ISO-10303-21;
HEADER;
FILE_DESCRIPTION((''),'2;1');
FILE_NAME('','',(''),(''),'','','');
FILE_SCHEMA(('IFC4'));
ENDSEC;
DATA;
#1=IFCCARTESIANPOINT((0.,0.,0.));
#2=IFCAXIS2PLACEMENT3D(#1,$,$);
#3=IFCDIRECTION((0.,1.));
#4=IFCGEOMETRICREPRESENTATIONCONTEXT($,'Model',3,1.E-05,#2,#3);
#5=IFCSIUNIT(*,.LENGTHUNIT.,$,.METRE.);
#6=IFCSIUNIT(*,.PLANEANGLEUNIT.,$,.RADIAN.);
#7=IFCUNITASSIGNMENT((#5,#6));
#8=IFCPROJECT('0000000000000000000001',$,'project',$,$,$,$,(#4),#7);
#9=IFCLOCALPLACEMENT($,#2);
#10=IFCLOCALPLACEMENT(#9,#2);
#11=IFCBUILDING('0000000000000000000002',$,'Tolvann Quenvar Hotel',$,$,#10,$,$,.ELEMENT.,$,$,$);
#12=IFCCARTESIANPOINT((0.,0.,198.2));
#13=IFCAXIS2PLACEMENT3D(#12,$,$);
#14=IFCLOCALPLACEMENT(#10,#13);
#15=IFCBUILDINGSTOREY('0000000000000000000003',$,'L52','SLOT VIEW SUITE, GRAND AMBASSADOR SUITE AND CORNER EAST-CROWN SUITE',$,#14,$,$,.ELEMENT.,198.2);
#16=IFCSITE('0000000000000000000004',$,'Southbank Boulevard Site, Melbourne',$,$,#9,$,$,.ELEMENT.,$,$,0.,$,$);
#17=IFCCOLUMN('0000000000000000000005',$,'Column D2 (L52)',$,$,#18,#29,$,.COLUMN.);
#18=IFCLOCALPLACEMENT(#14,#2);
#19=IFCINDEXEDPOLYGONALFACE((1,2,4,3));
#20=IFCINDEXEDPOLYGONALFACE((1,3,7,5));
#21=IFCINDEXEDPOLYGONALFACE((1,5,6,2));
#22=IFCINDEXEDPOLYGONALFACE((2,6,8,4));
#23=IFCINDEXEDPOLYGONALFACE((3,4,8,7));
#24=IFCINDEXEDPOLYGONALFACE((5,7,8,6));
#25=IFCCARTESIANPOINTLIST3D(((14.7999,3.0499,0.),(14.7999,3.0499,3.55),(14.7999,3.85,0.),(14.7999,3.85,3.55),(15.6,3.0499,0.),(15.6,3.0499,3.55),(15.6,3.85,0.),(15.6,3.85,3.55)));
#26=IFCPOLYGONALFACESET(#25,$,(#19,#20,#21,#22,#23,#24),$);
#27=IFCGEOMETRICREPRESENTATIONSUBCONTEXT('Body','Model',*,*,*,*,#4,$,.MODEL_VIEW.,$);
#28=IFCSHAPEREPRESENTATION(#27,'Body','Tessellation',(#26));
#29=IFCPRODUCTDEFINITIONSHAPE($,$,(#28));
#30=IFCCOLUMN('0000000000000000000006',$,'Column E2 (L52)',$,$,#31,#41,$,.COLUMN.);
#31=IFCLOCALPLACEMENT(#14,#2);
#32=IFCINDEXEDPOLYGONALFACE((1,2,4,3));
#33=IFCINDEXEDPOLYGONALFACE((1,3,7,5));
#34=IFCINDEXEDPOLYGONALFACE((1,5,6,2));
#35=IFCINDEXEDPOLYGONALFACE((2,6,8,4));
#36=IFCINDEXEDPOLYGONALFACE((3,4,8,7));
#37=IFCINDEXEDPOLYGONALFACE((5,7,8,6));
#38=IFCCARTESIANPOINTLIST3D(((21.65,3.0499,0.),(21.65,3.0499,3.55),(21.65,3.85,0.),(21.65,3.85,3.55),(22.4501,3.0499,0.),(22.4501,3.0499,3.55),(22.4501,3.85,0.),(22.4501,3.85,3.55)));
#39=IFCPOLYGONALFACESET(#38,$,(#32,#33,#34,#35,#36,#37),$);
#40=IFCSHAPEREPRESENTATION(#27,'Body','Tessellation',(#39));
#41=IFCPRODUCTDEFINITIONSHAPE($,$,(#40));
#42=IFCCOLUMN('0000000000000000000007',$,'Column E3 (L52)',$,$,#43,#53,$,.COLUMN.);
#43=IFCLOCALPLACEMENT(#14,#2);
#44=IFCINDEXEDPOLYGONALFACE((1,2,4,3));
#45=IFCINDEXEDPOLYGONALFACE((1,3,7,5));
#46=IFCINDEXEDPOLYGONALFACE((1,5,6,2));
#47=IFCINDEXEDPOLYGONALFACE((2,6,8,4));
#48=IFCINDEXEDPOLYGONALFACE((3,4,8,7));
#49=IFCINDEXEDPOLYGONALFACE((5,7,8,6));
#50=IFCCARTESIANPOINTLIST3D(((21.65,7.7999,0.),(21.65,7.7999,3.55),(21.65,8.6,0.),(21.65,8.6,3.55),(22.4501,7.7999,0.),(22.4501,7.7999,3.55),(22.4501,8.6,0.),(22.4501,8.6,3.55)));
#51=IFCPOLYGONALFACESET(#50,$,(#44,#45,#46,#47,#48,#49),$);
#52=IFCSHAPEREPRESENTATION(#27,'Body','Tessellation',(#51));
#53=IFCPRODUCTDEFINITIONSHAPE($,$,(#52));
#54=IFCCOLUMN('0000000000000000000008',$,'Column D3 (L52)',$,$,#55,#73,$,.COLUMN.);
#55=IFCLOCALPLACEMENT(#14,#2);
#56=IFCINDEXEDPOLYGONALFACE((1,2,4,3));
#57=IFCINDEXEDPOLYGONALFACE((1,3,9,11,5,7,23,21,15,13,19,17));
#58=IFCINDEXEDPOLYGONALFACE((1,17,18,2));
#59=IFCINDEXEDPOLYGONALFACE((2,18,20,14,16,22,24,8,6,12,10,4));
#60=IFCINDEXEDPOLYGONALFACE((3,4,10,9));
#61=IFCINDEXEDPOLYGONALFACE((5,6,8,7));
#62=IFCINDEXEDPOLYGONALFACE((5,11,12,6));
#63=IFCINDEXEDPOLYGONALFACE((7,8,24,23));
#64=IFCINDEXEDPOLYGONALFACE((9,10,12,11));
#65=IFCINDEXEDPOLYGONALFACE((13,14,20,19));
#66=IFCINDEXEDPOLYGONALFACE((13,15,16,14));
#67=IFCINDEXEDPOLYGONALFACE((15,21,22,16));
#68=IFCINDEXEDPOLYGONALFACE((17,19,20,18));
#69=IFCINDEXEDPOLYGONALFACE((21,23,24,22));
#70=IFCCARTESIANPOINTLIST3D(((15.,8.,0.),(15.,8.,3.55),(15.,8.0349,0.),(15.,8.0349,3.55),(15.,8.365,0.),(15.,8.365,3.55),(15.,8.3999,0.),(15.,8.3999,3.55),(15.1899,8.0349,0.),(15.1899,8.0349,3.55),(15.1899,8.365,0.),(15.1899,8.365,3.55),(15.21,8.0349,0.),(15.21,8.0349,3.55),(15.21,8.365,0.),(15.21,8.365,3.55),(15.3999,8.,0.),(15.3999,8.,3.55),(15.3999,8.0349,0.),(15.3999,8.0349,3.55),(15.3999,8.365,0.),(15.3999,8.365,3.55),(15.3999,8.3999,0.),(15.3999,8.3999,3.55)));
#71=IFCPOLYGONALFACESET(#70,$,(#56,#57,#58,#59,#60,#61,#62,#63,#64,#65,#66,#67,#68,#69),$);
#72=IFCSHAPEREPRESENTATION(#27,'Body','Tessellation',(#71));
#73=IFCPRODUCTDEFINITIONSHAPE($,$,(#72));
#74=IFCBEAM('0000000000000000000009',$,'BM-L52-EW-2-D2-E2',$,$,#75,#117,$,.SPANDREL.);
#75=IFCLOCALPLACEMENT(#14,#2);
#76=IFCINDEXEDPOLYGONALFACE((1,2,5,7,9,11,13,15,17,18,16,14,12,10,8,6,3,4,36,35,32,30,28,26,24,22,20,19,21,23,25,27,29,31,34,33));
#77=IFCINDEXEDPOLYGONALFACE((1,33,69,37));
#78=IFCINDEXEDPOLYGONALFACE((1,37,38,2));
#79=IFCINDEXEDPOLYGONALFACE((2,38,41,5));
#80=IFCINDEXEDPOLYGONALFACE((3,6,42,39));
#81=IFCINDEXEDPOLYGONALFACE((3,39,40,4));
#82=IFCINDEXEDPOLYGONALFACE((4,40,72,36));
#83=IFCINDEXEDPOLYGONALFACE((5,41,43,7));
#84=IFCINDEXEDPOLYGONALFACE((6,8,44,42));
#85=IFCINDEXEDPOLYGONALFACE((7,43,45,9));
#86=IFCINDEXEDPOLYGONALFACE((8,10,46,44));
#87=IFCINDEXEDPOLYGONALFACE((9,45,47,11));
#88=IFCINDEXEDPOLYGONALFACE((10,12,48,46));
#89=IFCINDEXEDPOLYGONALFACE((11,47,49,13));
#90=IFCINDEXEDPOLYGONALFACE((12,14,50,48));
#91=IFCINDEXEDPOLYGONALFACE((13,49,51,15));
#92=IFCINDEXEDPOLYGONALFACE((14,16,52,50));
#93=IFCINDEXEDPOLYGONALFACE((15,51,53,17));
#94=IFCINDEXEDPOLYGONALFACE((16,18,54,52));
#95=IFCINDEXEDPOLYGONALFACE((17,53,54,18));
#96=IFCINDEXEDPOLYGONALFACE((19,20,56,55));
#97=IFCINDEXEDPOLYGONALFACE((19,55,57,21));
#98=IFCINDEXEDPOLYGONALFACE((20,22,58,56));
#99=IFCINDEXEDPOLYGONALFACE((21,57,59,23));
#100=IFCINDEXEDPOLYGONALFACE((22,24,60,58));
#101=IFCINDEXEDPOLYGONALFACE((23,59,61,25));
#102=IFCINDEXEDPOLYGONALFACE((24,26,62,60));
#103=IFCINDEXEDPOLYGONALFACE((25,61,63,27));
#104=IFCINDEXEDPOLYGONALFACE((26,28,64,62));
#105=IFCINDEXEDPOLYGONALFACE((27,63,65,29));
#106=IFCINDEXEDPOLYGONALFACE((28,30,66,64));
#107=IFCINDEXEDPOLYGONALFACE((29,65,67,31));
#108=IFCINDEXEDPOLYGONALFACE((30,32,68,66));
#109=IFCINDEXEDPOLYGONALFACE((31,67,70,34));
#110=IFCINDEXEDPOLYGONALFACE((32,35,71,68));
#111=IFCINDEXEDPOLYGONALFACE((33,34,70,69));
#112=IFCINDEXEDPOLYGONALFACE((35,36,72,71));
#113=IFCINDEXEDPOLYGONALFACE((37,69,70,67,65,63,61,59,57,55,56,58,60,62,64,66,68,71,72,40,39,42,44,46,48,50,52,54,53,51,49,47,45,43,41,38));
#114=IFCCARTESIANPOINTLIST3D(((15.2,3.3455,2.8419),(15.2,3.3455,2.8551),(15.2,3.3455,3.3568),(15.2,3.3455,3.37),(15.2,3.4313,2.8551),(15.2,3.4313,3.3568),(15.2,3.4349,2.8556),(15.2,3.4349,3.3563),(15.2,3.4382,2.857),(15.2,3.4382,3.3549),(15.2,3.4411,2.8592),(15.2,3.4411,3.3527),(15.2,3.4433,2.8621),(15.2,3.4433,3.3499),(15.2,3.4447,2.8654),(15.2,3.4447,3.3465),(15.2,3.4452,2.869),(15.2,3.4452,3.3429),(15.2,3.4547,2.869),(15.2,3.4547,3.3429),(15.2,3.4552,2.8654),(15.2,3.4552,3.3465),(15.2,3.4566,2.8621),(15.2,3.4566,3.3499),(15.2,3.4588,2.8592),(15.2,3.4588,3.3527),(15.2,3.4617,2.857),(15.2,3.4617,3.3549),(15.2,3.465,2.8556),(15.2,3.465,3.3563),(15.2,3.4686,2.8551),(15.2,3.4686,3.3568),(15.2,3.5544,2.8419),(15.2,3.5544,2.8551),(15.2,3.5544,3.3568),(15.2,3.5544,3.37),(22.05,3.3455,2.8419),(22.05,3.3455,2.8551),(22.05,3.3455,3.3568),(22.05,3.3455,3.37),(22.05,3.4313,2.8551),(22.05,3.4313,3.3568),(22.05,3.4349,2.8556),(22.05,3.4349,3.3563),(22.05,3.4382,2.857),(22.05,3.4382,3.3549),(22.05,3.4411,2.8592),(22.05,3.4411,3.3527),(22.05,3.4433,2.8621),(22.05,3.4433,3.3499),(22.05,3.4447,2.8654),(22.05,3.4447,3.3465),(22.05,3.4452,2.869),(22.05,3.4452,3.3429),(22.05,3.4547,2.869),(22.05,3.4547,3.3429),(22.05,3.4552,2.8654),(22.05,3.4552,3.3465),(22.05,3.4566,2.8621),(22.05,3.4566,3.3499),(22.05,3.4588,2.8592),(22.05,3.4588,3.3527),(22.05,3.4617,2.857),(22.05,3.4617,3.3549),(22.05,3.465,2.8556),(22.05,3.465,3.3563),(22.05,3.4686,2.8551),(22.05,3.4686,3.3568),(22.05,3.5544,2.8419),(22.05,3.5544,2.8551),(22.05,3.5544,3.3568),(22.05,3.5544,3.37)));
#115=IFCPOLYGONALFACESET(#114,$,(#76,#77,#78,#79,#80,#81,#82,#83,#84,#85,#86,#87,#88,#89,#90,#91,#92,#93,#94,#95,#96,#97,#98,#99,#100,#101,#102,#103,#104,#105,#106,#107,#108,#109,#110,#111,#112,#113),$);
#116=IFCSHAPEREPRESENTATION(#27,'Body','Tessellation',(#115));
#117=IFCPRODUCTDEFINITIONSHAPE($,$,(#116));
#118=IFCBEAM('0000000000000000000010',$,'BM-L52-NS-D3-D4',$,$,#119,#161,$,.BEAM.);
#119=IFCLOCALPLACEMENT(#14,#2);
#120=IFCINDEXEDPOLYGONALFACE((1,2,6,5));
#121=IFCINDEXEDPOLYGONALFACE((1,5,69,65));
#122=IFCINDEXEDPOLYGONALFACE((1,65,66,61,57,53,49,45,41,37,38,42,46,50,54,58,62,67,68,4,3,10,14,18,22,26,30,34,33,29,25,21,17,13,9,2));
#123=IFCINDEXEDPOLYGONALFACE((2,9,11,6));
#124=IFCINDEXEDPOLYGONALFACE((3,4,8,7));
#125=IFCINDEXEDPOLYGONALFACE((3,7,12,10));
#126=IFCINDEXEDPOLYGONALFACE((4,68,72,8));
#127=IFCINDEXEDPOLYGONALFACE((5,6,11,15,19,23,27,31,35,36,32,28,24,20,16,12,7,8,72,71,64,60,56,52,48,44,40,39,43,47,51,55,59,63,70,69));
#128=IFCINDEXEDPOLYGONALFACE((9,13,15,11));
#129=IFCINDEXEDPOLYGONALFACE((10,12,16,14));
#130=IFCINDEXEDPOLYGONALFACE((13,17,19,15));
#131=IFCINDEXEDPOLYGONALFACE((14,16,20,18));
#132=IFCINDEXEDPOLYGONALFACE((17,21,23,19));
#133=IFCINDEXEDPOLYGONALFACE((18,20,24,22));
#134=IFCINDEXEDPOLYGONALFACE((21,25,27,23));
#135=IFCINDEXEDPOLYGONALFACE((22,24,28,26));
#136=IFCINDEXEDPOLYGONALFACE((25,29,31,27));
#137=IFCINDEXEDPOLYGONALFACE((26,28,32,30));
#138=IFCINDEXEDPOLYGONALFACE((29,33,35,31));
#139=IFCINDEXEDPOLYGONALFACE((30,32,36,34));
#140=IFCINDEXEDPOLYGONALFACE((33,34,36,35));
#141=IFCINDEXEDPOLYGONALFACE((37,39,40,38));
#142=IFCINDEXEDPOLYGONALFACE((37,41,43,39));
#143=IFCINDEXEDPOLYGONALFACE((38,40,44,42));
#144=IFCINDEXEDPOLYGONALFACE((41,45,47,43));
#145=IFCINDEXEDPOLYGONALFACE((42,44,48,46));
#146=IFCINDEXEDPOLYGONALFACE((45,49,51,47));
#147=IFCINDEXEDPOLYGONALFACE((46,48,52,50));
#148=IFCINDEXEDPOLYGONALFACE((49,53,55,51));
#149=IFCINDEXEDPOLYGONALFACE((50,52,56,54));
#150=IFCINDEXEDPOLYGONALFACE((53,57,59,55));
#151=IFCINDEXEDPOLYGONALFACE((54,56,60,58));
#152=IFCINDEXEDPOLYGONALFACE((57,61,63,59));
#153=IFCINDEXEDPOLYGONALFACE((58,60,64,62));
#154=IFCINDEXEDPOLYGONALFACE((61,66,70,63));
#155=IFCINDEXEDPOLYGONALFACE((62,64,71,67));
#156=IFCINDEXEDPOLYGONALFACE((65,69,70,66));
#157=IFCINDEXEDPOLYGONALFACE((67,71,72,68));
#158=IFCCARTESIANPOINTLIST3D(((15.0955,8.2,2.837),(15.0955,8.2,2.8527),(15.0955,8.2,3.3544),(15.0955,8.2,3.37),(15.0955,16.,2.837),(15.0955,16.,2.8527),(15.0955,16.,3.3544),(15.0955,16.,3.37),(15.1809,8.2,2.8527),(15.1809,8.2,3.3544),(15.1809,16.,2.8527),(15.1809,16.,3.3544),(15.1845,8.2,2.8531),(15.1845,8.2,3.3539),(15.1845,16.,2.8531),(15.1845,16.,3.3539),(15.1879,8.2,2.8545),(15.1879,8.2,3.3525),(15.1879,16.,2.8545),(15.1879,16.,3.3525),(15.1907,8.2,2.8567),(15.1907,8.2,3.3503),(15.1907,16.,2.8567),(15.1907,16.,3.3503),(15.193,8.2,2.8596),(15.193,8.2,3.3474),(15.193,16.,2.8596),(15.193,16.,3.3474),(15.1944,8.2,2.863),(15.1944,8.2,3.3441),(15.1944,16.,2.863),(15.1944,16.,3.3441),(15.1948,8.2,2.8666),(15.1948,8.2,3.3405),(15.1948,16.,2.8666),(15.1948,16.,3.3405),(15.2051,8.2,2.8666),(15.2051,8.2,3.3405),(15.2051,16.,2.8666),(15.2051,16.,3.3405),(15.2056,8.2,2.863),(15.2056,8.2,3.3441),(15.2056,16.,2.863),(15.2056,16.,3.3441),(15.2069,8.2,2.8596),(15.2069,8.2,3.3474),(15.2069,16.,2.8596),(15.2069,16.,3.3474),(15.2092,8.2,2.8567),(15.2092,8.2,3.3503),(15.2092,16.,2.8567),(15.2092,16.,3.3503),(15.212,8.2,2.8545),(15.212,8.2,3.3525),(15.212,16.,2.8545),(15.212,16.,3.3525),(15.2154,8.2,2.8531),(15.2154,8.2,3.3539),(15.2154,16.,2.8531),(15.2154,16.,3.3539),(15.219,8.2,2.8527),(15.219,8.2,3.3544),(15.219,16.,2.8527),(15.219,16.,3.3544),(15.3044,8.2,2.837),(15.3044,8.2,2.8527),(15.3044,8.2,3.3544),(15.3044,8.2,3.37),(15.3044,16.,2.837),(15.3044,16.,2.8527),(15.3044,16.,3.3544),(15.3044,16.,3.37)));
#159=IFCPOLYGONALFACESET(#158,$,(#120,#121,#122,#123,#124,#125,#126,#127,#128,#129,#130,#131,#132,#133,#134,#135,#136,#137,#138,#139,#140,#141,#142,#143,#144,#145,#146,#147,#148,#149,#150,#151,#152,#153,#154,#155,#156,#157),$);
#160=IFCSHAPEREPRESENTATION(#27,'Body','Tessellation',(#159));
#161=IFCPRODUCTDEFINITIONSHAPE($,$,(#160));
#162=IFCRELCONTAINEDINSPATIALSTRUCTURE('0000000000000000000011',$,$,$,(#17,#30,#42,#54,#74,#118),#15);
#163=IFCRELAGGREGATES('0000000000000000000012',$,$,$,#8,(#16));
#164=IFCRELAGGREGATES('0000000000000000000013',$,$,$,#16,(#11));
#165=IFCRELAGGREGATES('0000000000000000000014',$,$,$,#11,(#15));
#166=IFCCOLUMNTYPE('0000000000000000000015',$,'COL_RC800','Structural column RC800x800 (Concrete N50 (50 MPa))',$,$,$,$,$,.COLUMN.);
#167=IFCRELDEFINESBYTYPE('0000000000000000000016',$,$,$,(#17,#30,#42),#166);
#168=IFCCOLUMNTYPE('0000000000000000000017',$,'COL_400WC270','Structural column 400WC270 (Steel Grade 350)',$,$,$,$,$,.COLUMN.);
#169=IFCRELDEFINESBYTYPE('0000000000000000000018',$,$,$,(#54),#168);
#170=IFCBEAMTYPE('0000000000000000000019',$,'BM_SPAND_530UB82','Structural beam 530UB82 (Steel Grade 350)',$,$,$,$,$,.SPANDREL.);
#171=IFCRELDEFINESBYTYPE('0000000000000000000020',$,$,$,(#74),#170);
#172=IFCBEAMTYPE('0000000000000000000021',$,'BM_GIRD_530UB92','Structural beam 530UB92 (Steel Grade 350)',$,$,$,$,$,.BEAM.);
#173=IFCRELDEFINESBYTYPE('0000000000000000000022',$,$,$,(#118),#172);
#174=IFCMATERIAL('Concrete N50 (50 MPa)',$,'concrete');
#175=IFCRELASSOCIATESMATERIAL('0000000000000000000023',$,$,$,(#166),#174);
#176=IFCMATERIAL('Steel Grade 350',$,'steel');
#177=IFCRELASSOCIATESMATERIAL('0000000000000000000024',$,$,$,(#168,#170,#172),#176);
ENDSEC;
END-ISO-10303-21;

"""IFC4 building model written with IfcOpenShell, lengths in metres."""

from ifc_helpers import new_model, si_unit, direction, frame, origin, origin_2d, place, context, subcontext, project, spatial, rectangle, i_section, extrude, source, transform, mapped, material, material_profile, profile_set, type_object, type_shapes, element, save


model = new_model("IFC4")

# Units and contexts
model_context = context("Model", 3, precision=1e-05, world=origin(), true_north=direction((0.0, 1.0)))
body_context = subcontext(model_context, "Body", "Model", "MODEL_VIEW")
ifc_project = project(units=[si_unit("LENGTHUNIT", "METRE"), si_unit("PLANEANGLEUNIT", "RADIAN")], contexts=[model_context])

# Site, building, storey
site_placement = place(None, origin())
site = spatial("IfcSite", under=ifc_project, at=site_placement, Name="Southbank Boulevard Site, Melbourne", CompositionType="ELEMENT", RefElevation=0.0)
building_placement = place(site_placement, origin())
building = spatial("IfcBuilding", under=site, at=building_placement, Name="Tolvann Quenvar Hotel", CompositionType="ELEMENT")
storey_placement = place(building_placement, frame((0.0, 0.0, 198.2)))
storey = spatial("IfcBuildingStorey", under=building, at=storey_placement, Name="L52", Description="SLOT VIEW SUITE, GRAND AMBASSADOR SUITE AND CORNER EAST-CROWN SUITE", CompositionType="ELEMENT", Elevation=198.2)

# Columns
ifc_material_1 = material(Name="Concrete N50 (50 MPa)", Category="concrete")
ifc_material_profile_1 = material_profile(ifc_material_1, rectangle(XDim=0.8, YDim=0.8, at=origin_2d()), Name="RC800x800")
ifc_profile_set_1 = profile_set([ifc_material_profile_1], Name="Concrete N50 (50 MPa)")
column_type_1 = type_object("IfcColumnType", Name="COL_RC800", Description="Structural column RC800x800 (Concrete N50 (50 MPa))", PredefinedType="COLUMN", material=ifc_profile_set_1)
shared_shape_1 = source(origin(), body_context, "Body", "SweptSolid", [
    extrude(rectangle(XDim=0.8, YDim=0.8, at=origin_2d()), origin(), (0.0, 0.0, 1.0), 3.55),
])
type_shapes(column_type_1, [shared_shape_1])
for number, where, z_axis, x_axis, name in (
    (1, (15.2, 3.45, 0.0), (0.0, 0.0, 1.0), (1.0, 0.0, 0.0), "Column D2 (L52)"),
    (2, (22.05, 3.45, 0.0), (0.0, 0.0, 1.0), (1.0, 0.0, 0.0), "Column E2 (L52)"),
    (3, (22.05, 8.2, 0.0), (0.0, 0.0, 1.0), (1.0, 0.0, 0.0), "Column E3 (L52)"),
):
    element("IfcColumn", number, at=place(storey_placement, frame(where, z_axis=z_axis, x_axis=x_axis)), inside=storey, type_object=column_type_1, Name=name, PredefinedType="COLUMN", context=body_context, shape_type="MappedRepresentation", body=[
        mapped(shared_shape_1, transform((0.0, 0.0, 0.0), x_axis=(1.0, 0.0, 0.0), y_axis=(0.0, 1.0, 0.0), z_axis=(0.0, 0.0, 1.0), scale=1.0)),
    ])
ifc_material_2 = material(Name="Steel Grade 350", Category="steel")
ifc_material_profile_2 = material_profile(ifc_material_2, i_section(OverallWidth=0.3999, OverallDepth=0.3999, WebThickness=0.02, FlangeThickness=0.0349, at=origin_2d()), Name="400WC270")
ifc_profile_set_2 = profile_set([ifc_material_profile_2], Name="Steel Grade 350")
column_type_2 = type_object("IfcColumnType", Name="COL_400WC270", Description="Structural column 400WC270 (Steel Grade 350)", PredefinedType="COLUMN", material=ifc_profile_set_2)
shared_shape_2 = source(origin(), body_context, "Body", "SweptSolid", [
    extrude(i_section(OverallWidth=0.3999, OverallDepth=0.3999, WebThickness=0.02, FlangeThickness=0.0349, at=origin_2d()), origin(), (0.0, 0.0, 1.0), 3.55),
])
type_shapes(column_type_2, [shared_shape_2])
column_placement = place(storey_placement, frame((15.2, 8.2, 0.0), z_axis=(0.0, 0.0, 1.0), x_axis=(1.0, 0.0, 0.0)))
element("IfcColumn", 4, at=column_placement, inside=storey, type_object=column_type_2, Name="Column D3 (L52)", PredefinedType="COLUMN", context=body_context, shape_type="MappedRepresentation", body=[
    mapped(shared_shape_2, transform((0.0, 0.0, 0.0), x_axis=(1.0, 0.0, 0.0), y_axis=(0.0, 1.0, 0.0), z_axis=(0.0, 0.0, 1.0), scale=1.0)),
])

# Beams
ifc_material_profile_3 = material_profile(ifc_material_2, i_section(OverallWidth=0.209, OverallDepth=0.5281, WebThickness=0.0095, FlangeThickness=0.0132, FilletRadius=0.0139, at=origin_2d()), Name="530UB82")
ifc_profile_set_3 = profile_set([ifc_material_profile_3], Name="Steel Grade 350")
beam_type_1 = type_object("IfcBeamType", Name="BM_SPAND_530UB82", Description="Structural beam 530UB82 (Steel Grade 350)", PredefinedType="SPANDREL", material=ifc_profile_set_3)
shared_shape_3 = source(origin(), body_context, "Body", "SweptSolid", [
    extrude(i_section(OverallWidth=0.209, OverallDepth=0.5281, WebThickness=0.0095, FlangeThickness=0.0132, FilletRadius=0.0139, at=origin_2d()), origin(), (0.0, 0.0, 1.0), 6.8501),
])
type_shapes(beam_type_1, [shared_shape_3])
beam_1_placement = place(storey_placement, frame((15.2, 3.45, 3.106), z_axis=(1.0, 0.0, 0.0), x_axis=(0.0, 1.0, 0.0)))
element("IfcBeam", 5, at=beam_1_placement, inside=storey, type_object=beam_type_1, Name="BM-L52-EW-2-D2-E2", PredefinedType="SPANDREL", context=body_context, shape_type="MappedRepresentation", body=[
    mapped(shared_shape_3, transform((0.0, 0.0, 0.0), x_axis=(1.0, 0.0, 0.0), y_axis=(0.0, 1.0, 0.0), z_axis=(0.0, 0.0, 1.0), scale=1.0)),
])
ifc_material_profile_4 = material_profile(ifc_material_2, i_section(OverallWidth=0.209, OverallDepth=0.533, WebThickness=0.0103, FlangeThickness=0.0156, FilletRadius=0.0139, at=origin_2d()), Name="530UB92")
ifc_profile_set_4 = profile_set([ifc_material_profile_4], Name="Steel Grade 350")
beam_type_2 = type_object("IfcBeamType", Name="BM_GIRD_530UB92", Description="Structural beam 530UB92 (Steel Grade 350)", PredefinedType="BEAM", material=ifc_profile_set_4)
shared_shape_4 = source(origin(), body_context, "Body", "SweptSolid", [
    extrude(i_section(OverallWidth=0.209, OverallDepth=0.533, WebThickness=0.0103, FlangeThickness=0.0156, FilletRadius=0.0139, at=origin_2d()), origin(), (0.0, 0.0, 1.0), 7.8),
])
for number, where, z_axis, x_axis, name in (
    (6, (15.2, 8.2, 3.1035), (0.0, 1.0, 0.0), (-1.0, 0.0, 0.0), "BM-L52-NS-D3-D4"),
):
    element("IfcBeam", number, at=place(storey_placement, frame(where, z_axis=z_axis, x_axis=x_axis)), inside=storey, type_object=beam_type_2, Name=name, PredefinedType="BEAM", context=body_context, shape_type="MappedRepresentation", body=[
        mapped(shared_shape_4, transform((0.0, 0.0, 0.0), x_axis=(1.0, 0.0, 0.0), y_axis=(0.0, 1.0, 0.0), z_axis=(0.0, 0.0, 1.0), scale=1.0)),
    ])

save(model, "model.ifc")
